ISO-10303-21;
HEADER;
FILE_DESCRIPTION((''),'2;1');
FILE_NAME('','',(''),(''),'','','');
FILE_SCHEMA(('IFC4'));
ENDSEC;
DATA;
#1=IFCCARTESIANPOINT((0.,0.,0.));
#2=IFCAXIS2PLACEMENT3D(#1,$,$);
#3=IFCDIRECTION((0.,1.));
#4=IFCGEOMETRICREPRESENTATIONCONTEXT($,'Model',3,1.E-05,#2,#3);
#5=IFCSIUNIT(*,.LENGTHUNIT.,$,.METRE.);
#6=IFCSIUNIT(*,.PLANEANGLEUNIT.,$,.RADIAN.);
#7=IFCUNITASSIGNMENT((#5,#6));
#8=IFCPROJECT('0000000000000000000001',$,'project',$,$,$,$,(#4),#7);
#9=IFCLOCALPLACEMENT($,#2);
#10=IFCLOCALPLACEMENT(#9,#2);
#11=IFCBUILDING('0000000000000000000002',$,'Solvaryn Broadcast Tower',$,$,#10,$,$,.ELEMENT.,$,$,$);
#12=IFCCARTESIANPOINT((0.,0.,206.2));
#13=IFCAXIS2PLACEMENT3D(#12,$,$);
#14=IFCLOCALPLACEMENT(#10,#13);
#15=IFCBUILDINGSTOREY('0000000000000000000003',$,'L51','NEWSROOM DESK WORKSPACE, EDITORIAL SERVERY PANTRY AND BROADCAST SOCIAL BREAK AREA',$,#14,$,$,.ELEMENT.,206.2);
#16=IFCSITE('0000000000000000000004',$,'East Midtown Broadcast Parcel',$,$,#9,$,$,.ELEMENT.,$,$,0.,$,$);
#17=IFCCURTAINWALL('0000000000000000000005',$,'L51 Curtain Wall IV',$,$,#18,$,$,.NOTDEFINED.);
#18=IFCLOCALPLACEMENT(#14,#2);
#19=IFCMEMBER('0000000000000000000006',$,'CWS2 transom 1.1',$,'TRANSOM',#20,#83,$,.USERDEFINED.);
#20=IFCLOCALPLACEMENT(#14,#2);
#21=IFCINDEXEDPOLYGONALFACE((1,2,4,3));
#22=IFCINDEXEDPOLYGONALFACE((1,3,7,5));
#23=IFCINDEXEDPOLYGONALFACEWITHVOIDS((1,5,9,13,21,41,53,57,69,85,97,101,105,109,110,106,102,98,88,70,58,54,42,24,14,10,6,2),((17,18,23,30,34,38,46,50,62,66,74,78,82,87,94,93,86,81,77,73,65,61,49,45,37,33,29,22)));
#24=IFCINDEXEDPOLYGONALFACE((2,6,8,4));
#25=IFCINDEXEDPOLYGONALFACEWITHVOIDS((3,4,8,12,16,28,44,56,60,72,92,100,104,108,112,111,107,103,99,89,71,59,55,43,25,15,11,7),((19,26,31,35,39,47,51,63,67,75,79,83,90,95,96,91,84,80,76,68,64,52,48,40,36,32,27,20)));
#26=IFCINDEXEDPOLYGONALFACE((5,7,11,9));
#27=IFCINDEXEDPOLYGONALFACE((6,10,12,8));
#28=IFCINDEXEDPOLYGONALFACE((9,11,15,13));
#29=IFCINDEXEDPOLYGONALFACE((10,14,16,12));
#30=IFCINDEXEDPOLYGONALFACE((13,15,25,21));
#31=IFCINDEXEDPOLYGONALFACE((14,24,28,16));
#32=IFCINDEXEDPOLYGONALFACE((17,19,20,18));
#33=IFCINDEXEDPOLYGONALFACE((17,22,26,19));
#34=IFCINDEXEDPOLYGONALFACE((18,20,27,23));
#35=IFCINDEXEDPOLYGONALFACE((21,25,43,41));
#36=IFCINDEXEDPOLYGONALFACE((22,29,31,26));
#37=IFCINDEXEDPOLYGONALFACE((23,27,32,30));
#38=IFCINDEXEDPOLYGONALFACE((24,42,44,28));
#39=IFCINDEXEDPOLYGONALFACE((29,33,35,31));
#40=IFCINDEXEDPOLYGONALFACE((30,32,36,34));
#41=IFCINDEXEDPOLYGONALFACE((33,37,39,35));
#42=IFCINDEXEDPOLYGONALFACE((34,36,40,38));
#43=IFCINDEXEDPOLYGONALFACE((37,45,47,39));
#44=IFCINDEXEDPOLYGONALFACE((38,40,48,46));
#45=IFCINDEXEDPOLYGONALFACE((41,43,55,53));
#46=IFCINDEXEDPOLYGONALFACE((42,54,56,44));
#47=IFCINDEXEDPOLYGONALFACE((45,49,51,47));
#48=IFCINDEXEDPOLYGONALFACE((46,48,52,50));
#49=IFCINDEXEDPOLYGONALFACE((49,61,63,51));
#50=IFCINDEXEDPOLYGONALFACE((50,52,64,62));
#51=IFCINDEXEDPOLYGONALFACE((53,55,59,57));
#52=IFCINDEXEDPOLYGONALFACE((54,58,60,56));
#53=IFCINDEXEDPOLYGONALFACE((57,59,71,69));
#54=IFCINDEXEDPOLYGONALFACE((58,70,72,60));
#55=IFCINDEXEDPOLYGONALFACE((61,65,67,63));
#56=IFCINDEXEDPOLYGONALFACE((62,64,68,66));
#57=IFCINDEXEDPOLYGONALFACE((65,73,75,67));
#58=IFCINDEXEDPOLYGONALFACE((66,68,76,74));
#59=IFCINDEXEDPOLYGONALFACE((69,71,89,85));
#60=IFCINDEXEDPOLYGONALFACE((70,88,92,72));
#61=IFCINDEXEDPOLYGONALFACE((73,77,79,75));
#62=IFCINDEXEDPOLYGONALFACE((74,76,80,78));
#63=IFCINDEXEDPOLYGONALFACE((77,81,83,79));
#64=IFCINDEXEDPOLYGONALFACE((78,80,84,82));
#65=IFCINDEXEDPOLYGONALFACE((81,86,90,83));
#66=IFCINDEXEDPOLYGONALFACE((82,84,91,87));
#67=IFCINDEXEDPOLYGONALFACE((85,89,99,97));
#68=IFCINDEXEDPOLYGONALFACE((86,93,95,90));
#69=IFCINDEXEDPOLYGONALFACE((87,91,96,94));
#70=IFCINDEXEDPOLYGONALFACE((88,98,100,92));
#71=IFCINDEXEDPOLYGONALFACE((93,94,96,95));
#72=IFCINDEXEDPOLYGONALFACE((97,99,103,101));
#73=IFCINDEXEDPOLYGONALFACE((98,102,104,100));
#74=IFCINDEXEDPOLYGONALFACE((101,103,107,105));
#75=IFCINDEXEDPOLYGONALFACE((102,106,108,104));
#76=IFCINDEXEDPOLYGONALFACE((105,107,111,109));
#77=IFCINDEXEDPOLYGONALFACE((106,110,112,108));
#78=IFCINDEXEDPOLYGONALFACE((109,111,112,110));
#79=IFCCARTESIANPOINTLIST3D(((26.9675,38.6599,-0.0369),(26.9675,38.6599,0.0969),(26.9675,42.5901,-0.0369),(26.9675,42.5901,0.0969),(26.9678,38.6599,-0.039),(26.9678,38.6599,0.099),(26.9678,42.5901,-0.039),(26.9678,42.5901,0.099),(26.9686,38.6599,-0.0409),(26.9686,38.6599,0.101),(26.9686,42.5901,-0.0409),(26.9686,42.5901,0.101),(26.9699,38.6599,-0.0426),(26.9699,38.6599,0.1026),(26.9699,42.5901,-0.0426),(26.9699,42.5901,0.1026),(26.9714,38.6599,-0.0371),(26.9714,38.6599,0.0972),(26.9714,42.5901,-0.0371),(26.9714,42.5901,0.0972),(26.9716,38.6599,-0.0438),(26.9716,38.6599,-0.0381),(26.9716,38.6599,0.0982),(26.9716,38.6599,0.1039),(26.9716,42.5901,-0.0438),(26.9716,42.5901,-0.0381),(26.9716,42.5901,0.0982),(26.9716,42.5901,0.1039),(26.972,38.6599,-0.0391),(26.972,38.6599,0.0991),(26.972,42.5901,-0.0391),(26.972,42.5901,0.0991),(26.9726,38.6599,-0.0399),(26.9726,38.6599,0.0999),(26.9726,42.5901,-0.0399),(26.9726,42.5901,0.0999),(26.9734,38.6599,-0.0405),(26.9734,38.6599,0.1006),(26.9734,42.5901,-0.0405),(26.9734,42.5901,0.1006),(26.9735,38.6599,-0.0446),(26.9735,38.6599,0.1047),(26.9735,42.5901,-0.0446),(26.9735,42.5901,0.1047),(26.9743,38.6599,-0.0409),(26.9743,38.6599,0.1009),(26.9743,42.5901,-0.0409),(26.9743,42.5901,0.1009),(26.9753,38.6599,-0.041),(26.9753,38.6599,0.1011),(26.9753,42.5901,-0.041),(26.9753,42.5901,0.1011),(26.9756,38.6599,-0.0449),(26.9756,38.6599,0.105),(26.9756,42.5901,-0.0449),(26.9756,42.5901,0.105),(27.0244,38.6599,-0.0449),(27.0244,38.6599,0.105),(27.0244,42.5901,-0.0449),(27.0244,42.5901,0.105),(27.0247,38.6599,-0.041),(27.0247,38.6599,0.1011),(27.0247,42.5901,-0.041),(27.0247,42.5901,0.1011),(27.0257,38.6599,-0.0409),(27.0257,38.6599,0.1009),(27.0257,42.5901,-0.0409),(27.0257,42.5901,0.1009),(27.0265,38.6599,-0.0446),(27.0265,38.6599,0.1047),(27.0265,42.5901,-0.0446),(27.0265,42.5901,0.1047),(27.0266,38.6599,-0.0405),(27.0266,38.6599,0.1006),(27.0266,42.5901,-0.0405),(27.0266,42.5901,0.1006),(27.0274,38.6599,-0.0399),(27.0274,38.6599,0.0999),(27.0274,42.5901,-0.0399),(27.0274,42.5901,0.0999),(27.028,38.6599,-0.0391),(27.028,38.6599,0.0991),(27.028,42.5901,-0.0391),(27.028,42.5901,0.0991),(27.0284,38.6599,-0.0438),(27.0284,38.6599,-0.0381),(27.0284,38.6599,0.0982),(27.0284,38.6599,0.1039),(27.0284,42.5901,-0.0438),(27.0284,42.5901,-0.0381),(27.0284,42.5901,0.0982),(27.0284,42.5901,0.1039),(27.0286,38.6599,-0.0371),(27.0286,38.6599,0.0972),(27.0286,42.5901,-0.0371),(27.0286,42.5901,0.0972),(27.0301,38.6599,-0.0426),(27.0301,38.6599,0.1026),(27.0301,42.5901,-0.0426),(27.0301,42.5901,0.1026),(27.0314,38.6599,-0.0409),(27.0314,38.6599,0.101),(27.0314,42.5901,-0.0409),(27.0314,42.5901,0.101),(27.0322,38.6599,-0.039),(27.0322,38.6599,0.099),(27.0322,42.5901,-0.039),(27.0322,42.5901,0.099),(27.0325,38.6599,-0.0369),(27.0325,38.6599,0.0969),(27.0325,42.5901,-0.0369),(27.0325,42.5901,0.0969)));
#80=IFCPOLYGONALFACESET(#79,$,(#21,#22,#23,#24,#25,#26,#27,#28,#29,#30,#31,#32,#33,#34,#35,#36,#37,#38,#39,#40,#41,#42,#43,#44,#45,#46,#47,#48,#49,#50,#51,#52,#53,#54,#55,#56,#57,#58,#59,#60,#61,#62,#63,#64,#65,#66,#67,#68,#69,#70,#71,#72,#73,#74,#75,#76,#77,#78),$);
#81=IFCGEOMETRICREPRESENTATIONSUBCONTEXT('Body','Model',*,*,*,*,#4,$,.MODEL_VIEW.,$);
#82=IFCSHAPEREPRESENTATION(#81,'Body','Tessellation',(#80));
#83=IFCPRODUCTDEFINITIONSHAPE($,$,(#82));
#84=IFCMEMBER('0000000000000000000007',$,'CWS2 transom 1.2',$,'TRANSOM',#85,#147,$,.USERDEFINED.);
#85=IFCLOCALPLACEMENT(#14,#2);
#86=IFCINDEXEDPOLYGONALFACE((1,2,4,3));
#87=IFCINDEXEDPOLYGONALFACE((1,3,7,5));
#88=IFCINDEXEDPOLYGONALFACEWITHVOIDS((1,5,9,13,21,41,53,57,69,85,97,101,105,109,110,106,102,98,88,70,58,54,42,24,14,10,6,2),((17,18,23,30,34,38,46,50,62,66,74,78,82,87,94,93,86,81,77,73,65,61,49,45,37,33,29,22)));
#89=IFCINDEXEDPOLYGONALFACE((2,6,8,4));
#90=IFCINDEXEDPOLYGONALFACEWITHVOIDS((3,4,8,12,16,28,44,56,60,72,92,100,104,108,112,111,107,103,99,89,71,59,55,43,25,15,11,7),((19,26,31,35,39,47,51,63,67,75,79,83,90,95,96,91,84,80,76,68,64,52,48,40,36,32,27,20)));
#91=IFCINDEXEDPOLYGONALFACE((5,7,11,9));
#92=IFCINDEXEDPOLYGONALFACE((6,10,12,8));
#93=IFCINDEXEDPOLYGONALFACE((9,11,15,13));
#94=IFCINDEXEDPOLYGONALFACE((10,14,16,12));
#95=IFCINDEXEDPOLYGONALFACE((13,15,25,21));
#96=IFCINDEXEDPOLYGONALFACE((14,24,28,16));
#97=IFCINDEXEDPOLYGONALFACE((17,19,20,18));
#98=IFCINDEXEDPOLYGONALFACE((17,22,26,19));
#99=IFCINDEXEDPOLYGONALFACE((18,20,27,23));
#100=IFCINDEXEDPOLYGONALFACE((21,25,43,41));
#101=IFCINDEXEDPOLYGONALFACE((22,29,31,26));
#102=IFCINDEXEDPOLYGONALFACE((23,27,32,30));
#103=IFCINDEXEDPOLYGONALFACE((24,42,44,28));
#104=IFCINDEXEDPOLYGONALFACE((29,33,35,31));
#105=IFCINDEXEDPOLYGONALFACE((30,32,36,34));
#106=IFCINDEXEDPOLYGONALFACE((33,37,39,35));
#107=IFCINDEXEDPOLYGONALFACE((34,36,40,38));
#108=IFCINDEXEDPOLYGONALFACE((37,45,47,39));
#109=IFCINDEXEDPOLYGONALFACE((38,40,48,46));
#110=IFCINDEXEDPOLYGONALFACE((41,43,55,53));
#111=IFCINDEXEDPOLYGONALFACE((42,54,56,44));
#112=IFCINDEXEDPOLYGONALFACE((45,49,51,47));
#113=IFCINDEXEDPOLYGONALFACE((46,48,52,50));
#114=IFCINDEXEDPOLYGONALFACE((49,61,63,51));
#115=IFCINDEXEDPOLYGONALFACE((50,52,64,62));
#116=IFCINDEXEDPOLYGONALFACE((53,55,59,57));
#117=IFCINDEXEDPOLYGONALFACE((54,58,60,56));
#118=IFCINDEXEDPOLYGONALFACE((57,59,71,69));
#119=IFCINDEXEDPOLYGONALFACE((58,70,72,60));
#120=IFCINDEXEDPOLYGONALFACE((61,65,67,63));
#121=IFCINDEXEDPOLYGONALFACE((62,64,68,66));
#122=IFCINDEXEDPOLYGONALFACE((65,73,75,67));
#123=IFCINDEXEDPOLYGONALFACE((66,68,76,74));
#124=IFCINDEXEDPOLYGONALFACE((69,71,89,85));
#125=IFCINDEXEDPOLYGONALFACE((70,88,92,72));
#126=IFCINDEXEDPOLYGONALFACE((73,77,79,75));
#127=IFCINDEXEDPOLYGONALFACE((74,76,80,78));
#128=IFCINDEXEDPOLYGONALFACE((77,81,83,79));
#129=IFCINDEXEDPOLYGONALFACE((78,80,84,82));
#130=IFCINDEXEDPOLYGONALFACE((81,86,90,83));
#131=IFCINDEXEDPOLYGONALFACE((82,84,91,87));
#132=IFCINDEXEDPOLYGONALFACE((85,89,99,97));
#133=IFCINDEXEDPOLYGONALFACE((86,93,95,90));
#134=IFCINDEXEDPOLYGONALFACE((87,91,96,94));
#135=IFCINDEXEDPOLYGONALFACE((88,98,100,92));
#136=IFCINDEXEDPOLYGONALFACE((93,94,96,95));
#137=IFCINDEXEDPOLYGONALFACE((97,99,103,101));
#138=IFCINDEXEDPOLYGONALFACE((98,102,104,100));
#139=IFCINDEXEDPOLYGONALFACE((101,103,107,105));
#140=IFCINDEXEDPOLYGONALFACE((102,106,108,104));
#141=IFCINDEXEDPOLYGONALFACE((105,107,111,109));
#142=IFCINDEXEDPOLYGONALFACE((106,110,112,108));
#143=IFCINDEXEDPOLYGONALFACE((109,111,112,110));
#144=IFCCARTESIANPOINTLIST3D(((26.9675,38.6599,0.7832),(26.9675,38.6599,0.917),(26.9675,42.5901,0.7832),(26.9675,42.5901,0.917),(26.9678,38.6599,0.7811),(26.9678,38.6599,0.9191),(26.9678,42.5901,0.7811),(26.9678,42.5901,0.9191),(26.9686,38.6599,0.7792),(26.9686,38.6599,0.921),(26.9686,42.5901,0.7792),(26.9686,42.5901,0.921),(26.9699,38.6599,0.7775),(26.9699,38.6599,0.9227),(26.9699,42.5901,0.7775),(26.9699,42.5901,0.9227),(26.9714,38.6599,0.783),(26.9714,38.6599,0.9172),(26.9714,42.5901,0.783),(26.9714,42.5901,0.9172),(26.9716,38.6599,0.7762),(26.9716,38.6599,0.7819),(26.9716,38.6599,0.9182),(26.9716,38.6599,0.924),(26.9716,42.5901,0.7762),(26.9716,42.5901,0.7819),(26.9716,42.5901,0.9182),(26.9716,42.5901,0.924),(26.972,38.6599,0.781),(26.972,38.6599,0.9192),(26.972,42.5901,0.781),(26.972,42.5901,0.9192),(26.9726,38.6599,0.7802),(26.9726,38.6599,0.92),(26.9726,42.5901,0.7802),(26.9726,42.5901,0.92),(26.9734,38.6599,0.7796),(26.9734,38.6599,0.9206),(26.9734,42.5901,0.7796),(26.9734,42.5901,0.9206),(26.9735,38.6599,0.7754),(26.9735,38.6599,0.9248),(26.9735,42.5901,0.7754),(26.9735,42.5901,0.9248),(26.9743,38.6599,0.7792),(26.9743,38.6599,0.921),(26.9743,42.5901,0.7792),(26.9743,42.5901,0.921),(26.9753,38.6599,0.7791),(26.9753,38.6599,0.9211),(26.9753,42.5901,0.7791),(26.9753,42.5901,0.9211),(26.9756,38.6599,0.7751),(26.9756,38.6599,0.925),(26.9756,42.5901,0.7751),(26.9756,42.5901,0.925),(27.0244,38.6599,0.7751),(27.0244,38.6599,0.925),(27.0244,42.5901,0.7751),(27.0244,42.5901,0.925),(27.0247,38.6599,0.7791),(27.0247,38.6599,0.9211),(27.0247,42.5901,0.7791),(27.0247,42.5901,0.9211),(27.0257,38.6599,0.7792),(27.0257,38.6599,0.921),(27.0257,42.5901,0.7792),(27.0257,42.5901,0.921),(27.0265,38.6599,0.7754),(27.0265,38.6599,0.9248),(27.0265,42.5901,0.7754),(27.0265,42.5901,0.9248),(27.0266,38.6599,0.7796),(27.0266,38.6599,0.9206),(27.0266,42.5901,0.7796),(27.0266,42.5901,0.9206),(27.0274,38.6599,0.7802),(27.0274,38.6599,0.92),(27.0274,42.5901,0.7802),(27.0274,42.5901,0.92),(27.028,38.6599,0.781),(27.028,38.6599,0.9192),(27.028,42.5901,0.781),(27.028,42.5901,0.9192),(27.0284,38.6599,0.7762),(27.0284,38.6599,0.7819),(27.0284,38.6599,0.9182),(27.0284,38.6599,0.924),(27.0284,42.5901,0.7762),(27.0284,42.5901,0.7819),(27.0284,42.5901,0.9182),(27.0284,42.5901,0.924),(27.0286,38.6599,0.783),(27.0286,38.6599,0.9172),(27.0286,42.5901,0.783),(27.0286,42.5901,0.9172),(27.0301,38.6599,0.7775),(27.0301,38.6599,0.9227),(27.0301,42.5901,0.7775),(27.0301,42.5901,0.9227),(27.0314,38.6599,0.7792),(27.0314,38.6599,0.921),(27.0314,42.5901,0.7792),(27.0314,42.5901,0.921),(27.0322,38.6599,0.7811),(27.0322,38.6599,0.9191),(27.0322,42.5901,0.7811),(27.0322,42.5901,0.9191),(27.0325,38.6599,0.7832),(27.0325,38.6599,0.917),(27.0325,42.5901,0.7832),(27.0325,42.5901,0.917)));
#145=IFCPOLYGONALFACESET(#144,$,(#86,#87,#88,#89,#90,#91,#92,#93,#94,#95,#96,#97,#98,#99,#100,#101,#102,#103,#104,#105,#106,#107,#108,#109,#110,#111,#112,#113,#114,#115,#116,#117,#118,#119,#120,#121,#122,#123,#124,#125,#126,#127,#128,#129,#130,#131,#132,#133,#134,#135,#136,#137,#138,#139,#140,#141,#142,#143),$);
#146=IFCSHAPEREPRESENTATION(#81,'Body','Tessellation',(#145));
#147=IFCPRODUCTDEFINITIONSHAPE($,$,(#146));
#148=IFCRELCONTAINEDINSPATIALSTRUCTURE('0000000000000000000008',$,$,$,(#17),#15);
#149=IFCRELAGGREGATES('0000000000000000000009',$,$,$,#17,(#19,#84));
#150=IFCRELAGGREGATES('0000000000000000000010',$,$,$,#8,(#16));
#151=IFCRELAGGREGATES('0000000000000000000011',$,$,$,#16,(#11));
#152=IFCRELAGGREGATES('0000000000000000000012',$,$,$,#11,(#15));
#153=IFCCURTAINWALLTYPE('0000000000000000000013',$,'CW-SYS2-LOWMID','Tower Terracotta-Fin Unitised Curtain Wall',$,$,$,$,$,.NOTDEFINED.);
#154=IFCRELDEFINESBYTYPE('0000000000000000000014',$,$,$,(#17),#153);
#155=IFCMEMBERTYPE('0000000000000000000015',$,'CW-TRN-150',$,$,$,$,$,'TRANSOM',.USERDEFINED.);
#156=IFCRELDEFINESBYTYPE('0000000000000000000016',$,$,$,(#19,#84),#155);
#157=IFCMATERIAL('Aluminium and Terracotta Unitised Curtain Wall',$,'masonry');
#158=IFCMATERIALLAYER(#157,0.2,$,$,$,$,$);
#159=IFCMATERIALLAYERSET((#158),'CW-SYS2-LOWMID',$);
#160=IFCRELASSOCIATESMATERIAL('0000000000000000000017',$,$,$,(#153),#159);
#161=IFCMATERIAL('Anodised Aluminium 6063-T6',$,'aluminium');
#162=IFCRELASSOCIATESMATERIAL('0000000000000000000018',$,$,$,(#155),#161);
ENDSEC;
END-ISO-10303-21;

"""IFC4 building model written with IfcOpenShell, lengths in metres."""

from ifc_helpers import new_model, si_unit, direction, frame, origin, origin_2d, place, context, subcontext, project, spatial, hollow_rectangle, extrude, material, layer, layer_set, material_profile, profile_set, type_object, element, aggregate, save


model = new_model("IFC4")

# Units and contexts
model_context = context("Model", 3, precision=1e-05, world=origin(), true_north=direction((0.0, 1.0)))
body_context = subcontext(model_context, "Body", "Model", "MODEL_VIEW")
ifc_project = project(units=[si_unit("LENGTHUNIT", "METRE"), si_unit("PLANEANGLEUNIT", "RADIAN")], contexts=[model_context])

# Site, building, storey
site_placement = place(None, origin())
site = spatial("IfcSite", under=ifc_project, at=site_placement, Name="East Midtown Broadcast Parcel", CompositionType="ELEMENT", RefElevation=0.0)
building_placement = place(site_placement, origin())
building = spatial("IfcBuilding", under=site, at=building_placement, Name="Solvaryn Broadcast Tower", CompositionType="ELEMENT")
storey_placement = place(building_placement, frame((0.0, 0.0, 206.2)))
storey = spatial("IfcBuildingStorey", under=building, at=storey_placement, Name="L51", Description="NEWSROOM DESK WORKSPACE, EDITORIAL SERVERY PANTRY AND BROADCAST SOCIAL BREAK AREA", CompositionType="ELEMENT", Elevation=206.2)

# Curtain wall
ifc_material_1 = material(Name="Aluminium and Terracotta Unitised Curtain Wall", Category="masonry")
ifc_layer_1 = layer(ifc_material_1, 0.2)
ifc_layer_set_1 = layer_set([ifc_layer_1], Name="CW-SYS2-LOWMID")
curtain_wall_type = type_object("IfcCurtainWallType", Name="CW-SYS2-LOWMID", Description="Tower Terracotta-Fin Unitised Curtain Wall", PredefinedType="NOTDEFINED", material=ifc_layer_set_1)
curtain_wall_1_placement = place(storey_placement, origin())
curtain_wall_1 = element("IfcCurtainWall", 1, at=curtain_wall_1_placement, inside=storey, type_object=curtain_wall_type, Name="L51 Curtain Wall IV", PredefinedType="NOTDEFINED")

# Members
ifc_material_2 = material(Name="Anodised Aluminium 6063-T6", Category="aluminium")
ifc_material_profile_1 = material_profile(ifc_material_2, hollow_rectangle(XDim=0.0649, YDim=0.1499, WallThickness=0.0039, InnerFilletRadius=0.0039, OuterFilletRadius=0.0081, at=origin_2d()))
ifc_profile_set_1 = profile_set([ifc_material_profile_1], Name="Anodised Aluminium 6063-T6")
member_type_1 = type_object("IfcMemberType", Name="CW-TRN-150", ElementType="TRANSOM", PredefinedType="USERDEFINED", material=ifc_profile_set_1)
member_1_placement = place(storey_placement, frame((27.0, 42.5901, 0.03), z_axis=(0.0, -1.0, 0.0), x_axis=(1.0, 0.0, 0.0)))
member_1 = element("IfcMember", 2, at=member_1_placement, type_object=member_type_1, Name="CWS2 transom 1.1", ObjectType="TRANSOM", PredefinedType="USERDEFINED", context=body_context, shape_type="SweptSolid", body=[
    extrude(hollow_rectangle(XDim=0.0649, YDim=0.1499, WallThickness=0.0039, InnerFilletRadius=0.0039, OuterFilletRadius=0.0081, at=origin_2d()), origin(), (0.0, 0.0, 1.0), 3.9302),
])
member_2_placement = place(storey_placement, frame((27.0, 42.5901, 0.8501), z_axis=(0.0, -1.0, 0.0), x_axis=(1.0, 0.0, 0.0)))
member_2 = element("IfcMember", 3, at=member_2_placement, type_object=member_type_1, Name="CWS2 transom 1.2", ObjectType="TRANSOM", PredefinedType="USERDEFINED", context=body_context, shape_type="SweptSolid", body=[
    extrude(hollow_rectangle(XDim=0.0649, YDim=0.1499, WallThickness=0.0039, InnerFilletRadius=0.0039, OuterFilletRadius=0.0081, at=origin_2d()), origin(), (0.0, 0.0, 1.0), 3.9302),
])

aggregate(curtain_wall_1, [member_1, member_2])

save(model, "model.ifc")
